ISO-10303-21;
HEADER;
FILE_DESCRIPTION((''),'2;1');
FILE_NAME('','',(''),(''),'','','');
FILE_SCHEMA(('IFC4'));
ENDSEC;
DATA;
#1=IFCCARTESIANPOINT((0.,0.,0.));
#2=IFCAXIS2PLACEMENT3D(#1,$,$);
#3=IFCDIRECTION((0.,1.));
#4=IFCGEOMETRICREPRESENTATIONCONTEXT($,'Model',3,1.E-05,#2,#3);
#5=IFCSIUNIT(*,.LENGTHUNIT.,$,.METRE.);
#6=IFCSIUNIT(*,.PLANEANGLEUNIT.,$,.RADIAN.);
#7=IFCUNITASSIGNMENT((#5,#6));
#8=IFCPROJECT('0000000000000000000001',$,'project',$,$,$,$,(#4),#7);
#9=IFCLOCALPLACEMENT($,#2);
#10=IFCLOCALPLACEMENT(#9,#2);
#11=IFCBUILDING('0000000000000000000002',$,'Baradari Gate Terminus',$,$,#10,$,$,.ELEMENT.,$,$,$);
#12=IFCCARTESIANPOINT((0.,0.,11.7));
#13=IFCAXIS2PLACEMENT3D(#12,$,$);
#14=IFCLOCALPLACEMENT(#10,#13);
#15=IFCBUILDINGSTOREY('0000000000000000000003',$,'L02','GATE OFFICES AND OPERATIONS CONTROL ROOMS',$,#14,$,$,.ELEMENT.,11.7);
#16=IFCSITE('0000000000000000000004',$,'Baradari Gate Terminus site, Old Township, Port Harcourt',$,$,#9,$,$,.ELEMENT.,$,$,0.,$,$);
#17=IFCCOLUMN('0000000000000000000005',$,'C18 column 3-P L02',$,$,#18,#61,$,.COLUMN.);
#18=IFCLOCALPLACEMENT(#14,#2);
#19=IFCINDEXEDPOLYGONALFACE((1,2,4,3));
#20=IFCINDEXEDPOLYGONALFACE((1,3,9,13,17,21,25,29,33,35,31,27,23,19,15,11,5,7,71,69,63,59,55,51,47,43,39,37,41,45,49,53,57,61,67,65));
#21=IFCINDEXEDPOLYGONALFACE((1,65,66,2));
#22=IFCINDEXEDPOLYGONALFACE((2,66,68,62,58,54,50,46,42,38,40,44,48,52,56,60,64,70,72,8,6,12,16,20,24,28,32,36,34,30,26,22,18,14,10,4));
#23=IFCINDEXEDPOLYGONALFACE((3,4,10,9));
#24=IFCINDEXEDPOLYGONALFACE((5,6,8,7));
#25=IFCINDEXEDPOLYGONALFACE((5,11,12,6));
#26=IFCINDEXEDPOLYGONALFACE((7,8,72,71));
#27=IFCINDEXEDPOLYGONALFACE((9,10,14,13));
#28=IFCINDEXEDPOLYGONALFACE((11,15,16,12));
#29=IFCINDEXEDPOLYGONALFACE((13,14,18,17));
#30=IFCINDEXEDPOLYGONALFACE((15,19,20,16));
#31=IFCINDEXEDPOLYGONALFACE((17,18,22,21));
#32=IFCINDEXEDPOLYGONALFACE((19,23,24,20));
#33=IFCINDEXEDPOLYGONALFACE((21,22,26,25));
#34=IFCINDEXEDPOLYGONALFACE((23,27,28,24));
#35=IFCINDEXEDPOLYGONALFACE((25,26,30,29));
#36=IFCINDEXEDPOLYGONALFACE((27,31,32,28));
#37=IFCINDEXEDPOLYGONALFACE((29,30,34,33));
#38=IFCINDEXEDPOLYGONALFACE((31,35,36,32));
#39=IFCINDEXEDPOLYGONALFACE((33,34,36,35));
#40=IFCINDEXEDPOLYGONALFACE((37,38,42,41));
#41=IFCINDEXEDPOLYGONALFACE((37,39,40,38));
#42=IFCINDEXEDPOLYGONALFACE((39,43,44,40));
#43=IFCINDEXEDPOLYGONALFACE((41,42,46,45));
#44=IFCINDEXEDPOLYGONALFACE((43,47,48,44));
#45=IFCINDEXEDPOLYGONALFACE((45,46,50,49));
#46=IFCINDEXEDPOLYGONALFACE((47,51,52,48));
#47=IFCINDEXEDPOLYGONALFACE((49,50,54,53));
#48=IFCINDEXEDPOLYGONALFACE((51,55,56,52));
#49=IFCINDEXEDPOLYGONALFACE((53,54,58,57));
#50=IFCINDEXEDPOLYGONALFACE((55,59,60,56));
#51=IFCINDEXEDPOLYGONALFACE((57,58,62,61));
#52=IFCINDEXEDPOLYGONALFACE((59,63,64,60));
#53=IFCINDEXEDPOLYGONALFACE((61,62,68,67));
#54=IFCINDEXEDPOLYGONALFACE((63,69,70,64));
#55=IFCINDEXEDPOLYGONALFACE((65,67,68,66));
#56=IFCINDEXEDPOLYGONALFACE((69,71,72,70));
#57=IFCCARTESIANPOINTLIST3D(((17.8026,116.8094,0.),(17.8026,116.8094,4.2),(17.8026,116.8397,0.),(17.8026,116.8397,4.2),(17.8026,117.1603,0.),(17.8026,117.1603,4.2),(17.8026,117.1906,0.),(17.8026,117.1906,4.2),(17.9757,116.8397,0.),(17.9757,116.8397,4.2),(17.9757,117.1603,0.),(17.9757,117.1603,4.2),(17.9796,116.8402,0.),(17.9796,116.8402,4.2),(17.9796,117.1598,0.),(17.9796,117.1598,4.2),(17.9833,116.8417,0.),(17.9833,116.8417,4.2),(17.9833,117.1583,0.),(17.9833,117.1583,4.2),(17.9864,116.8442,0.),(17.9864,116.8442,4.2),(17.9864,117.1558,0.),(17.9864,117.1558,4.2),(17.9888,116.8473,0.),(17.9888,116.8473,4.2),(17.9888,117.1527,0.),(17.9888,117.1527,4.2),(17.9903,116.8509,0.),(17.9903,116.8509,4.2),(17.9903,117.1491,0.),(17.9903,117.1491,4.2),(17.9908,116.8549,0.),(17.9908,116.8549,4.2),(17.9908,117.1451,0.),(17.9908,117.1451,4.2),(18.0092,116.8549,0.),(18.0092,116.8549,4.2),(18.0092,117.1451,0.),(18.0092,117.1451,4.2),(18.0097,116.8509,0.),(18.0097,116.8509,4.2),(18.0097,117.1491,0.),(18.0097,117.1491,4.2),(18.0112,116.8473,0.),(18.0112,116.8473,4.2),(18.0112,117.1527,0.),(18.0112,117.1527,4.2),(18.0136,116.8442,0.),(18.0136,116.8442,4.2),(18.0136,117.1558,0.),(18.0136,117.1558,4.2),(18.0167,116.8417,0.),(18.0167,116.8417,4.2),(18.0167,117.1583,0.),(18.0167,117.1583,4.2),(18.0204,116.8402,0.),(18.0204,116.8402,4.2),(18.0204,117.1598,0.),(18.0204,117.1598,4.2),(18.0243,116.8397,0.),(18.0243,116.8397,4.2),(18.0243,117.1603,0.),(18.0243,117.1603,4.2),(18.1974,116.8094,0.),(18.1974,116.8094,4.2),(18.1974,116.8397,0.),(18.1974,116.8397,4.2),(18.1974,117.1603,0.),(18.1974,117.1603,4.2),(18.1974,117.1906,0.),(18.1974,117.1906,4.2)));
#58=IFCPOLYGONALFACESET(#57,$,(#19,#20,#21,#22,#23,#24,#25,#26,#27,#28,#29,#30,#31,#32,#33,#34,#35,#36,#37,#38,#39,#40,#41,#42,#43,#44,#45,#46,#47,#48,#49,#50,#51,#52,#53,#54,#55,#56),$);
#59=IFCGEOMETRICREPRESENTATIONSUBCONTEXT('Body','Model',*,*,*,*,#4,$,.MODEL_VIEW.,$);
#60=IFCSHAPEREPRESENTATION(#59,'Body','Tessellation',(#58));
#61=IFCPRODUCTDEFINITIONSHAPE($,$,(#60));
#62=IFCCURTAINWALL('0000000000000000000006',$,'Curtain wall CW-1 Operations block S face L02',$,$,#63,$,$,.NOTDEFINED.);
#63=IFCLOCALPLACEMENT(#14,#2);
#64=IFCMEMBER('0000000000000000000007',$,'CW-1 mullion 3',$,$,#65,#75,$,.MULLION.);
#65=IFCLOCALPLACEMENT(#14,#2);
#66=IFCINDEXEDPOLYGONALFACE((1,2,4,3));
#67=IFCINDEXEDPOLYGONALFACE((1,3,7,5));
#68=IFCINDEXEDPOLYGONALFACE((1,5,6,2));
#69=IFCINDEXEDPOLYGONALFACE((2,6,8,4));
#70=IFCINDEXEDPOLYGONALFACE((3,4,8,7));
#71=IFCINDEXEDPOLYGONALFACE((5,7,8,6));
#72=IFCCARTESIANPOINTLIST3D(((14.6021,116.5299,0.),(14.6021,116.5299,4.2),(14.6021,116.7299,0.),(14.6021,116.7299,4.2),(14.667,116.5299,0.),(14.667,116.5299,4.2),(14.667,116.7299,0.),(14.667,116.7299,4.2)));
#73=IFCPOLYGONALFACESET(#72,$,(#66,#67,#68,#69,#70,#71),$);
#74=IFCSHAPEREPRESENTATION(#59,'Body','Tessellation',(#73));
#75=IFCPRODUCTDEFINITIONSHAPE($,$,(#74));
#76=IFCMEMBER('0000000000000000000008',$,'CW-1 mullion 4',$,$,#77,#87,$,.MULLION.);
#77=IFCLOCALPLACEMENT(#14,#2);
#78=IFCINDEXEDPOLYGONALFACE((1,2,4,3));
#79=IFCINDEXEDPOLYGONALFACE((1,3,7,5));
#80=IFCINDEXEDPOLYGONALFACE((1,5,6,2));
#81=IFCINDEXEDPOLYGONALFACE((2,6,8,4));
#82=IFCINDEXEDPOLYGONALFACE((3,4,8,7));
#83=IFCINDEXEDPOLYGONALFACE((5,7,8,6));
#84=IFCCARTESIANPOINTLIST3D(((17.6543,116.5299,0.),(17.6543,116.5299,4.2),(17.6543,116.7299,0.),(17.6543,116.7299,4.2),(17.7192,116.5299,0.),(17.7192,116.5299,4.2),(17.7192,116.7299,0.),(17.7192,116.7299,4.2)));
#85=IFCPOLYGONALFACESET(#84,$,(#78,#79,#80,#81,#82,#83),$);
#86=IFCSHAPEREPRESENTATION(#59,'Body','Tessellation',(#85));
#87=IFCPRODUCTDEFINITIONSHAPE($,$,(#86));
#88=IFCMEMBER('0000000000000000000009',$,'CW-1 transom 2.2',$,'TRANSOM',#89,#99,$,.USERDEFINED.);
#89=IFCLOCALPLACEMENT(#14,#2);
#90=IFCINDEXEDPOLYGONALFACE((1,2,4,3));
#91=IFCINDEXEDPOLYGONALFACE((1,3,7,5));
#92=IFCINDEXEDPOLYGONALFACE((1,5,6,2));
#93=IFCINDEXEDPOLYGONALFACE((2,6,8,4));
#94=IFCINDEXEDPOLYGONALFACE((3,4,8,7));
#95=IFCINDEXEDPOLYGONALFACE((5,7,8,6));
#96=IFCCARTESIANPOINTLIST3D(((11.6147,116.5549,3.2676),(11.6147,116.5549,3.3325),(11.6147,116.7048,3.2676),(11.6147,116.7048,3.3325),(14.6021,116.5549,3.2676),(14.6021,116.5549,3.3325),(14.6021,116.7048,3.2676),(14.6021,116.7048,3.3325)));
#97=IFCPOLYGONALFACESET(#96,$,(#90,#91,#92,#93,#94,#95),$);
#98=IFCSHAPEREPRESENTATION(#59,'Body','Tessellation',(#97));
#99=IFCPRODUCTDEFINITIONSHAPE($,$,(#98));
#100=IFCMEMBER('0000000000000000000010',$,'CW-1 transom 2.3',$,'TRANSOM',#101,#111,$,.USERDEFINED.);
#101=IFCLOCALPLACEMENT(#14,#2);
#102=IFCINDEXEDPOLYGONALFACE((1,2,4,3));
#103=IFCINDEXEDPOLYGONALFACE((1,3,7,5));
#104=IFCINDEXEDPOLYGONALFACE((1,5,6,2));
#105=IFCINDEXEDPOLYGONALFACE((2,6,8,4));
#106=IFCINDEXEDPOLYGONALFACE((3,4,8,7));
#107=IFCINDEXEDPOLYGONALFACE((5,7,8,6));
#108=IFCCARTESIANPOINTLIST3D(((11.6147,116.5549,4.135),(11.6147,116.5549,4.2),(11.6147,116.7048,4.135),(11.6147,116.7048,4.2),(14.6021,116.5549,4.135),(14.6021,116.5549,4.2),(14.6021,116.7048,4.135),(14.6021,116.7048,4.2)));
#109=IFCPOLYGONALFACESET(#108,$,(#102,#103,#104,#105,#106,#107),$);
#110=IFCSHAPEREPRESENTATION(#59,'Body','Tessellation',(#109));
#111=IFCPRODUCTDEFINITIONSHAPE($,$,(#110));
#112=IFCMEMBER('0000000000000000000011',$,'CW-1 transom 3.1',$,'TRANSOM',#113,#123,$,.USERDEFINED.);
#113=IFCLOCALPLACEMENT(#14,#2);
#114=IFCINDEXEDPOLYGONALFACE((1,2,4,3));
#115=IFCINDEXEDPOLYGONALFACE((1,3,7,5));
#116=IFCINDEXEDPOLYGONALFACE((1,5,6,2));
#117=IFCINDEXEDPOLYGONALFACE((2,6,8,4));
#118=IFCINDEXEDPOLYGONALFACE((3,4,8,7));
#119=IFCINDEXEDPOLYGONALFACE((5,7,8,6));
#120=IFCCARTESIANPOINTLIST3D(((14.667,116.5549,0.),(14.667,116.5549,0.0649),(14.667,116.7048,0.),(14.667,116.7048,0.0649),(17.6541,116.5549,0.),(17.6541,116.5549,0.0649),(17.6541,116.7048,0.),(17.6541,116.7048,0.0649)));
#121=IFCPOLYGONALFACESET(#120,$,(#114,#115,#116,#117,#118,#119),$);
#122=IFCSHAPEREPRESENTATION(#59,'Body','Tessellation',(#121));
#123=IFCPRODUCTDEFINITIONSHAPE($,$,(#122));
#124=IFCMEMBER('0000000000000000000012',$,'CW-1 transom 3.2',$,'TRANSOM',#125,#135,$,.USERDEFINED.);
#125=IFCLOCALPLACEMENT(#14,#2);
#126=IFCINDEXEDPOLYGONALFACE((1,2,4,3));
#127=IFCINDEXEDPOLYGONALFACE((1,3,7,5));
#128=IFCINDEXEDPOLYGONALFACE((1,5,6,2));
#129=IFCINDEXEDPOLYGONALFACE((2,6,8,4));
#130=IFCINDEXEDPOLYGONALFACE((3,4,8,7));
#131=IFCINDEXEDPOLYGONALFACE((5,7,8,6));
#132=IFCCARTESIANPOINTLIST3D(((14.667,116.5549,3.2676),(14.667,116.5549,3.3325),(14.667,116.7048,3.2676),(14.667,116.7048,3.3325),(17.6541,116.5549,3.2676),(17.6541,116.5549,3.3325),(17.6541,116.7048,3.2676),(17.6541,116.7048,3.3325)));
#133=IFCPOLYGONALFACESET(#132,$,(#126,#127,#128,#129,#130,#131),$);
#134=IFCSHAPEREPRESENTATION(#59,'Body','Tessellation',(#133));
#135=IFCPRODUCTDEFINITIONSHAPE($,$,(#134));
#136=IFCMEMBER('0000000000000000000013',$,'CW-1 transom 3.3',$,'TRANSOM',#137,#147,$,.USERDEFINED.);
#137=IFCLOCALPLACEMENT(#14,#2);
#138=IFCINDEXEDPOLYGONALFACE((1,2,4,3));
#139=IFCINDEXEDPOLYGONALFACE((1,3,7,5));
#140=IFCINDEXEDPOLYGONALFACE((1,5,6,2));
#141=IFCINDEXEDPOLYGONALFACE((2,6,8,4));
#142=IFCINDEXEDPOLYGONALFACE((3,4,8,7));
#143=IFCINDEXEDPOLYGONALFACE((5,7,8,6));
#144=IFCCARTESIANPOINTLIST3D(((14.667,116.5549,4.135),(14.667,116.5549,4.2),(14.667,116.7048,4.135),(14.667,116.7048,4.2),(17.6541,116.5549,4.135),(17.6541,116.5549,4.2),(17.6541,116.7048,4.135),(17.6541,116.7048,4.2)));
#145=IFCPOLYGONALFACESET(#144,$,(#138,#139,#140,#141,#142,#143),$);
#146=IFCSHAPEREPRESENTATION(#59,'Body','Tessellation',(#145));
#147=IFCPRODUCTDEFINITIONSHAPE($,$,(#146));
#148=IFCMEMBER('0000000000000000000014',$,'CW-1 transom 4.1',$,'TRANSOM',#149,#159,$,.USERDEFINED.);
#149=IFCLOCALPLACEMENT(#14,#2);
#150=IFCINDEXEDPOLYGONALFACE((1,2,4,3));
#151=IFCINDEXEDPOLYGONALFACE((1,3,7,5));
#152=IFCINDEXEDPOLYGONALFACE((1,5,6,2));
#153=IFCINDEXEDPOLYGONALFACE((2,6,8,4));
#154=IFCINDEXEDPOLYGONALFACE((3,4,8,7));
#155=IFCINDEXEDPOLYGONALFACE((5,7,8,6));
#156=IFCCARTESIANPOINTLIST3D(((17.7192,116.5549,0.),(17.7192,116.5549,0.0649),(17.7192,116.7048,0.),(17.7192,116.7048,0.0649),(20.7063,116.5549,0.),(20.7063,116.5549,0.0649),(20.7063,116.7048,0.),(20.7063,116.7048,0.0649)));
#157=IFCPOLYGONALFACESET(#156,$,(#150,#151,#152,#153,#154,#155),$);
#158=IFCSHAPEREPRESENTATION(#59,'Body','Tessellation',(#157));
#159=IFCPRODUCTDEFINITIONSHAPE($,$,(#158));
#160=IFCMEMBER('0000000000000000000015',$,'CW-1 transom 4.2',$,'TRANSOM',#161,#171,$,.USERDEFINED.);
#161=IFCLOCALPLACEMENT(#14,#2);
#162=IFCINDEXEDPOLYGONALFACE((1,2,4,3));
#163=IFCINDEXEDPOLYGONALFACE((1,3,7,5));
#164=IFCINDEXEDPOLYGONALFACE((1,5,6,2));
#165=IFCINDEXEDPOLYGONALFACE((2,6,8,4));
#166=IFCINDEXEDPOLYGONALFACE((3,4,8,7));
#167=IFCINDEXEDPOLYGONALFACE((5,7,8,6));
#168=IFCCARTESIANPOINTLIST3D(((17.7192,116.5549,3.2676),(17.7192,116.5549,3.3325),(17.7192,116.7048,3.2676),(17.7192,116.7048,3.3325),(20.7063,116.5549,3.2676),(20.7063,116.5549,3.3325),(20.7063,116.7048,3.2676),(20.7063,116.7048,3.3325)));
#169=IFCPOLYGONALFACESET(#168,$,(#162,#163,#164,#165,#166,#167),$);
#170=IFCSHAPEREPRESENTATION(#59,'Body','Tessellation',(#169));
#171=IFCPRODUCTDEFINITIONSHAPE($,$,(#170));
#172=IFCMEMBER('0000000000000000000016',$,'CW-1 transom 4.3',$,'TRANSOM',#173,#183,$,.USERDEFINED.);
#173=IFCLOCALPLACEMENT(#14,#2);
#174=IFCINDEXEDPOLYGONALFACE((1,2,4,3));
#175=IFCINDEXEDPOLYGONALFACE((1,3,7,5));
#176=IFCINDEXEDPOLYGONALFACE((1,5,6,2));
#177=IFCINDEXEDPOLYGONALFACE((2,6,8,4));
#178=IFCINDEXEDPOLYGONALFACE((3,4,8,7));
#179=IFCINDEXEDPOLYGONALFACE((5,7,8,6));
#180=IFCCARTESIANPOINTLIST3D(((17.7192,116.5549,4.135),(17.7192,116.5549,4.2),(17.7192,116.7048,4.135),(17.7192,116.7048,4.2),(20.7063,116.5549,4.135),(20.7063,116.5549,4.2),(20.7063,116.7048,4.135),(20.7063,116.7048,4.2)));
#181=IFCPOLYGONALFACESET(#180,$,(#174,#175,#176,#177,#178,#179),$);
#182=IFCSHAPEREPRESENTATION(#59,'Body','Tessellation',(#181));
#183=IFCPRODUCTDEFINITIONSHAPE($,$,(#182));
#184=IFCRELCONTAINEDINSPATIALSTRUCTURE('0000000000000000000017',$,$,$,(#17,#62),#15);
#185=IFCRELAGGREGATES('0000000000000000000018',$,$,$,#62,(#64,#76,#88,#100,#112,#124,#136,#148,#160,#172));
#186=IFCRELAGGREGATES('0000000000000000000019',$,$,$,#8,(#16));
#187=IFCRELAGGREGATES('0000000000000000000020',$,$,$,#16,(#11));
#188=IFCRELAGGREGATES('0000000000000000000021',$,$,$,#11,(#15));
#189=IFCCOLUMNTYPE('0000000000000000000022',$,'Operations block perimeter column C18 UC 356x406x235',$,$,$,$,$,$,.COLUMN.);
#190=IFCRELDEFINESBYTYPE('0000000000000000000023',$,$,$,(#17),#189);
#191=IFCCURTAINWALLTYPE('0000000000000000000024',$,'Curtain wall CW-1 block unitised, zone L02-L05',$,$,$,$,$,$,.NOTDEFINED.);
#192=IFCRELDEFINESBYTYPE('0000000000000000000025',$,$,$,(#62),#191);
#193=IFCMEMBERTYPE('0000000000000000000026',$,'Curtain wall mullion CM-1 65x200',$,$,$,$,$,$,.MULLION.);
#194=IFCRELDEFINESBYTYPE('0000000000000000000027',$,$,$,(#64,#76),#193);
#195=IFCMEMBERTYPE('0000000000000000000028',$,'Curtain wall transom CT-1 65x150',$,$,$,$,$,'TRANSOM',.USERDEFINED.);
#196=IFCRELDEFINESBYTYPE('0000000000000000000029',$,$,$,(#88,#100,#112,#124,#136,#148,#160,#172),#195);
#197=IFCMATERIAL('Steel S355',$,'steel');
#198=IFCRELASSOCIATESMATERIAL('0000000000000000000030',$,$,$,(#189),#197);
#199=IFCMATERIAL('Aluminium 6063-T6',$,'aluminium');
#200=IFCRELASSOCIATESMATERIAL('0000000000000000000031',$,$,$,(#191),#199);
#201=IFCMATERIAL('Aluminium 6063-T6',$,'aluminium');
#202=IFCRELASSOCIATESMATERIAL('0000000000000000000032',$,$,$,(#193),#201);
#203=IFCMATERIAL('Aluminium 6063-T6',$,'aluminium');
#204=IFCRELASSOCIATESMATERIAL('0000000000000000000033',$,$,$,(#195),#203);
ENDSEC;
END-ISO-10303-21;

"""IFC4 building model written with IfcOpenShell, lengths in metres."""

from ifc_helpers import new_model, si_unit, direction, frame, origin, origin_2d, place, context, subcontext, project, spatial, rectangle, i_section, extrude, material, material_profile, profile_set, type_object, element, aggregate, save


model = new_model("IFC4")

# Units and contexts
model_context = context("Model", 3, precision=1e-05, world=origin(), true_north=direction((0.0, 1.0)))
body_context = subcontext(model_context, "Body", "Model", "MODEL_VIEW")
ifc_project = project(units=[si_unit("LENGTHUNIT", "METRE"), si_unit("PLANEANGLEUNIT", "RADIAN")], contexts=[model_context])

# Site, building, storey
site_placement = place(None, origin())
site = spatial("IfcSite", under=ifc_project, at=site_placement, Name="Baradari Gate Terminus site, Old Township, Port Harcourt", CompositionType="ELEMENT", RefElevation=0.0)
building_placement = place(site_placement, origin())
building = spatial("IfcBuilding", under=site, at=building_placement, Name="Baradari Gate Terminus", CompositionType="ELEMENT")
storey_placement = place(building_placement, frame((0.0, 0.0, 11.7)))
storey = spatial("IfcBuildingStorey", under=building, at=storey_placement, Name="L02", Description="GATE OFFICES AND OPERATIONS CONTROL ROOMS", CompositionType="ELEMENT", Elevation=11.7)

# Column
ifc_material_1 = material(Name="Steel S355", Category="steel")
ifc_material_profile_1 = material_profile(ifc_material_1, i_section(OverallWidth=0.3948, OverallDepth=0.3811, WebThickness=0.0183, FlangeThickness=0.0303, FilletRadius=0.0151, at=origin_2d()), Name="UC 356x406x235")
ifc_profile_set_1 = profile_set([ifc_material_profile_1], Name="Steel S355")
column_type = type_object("IfcColumnType", Name="Operations block perimeter column C18 UC 356x406x235", PredefinedType="COLUMN", material=ifc_profile_set_1)
column_placement = place(storey_placement, frame((18.0, 117.0, 0.0), z_axis=(0.0, 0.0, 1.0), x_axis=(1.0, 0.0, 0.0)))
element("IfcColumn", 1, at=column_placement, inside=storey, type_object=column_type, Name="C18 column 3-P L02", PredefinedType="COLUMN", context=body_context, shape_type="SweptSolid", body=[
    extrude(i_section(OverallWidth=0.3948, OverallDepth=0.3811, WebThickness=0.0183, FlangeThickness=0.0303, FilletRadius=0.0151, at=origin_2d()), origin(), (0.0, 0.0, 1.0), 4.2),
])

# Curtain wall, members
ifc_material_2 = material(Name="Aluminium 6063-T6", Category="aluminium")
curtain_wall_type = type_object("IfcCurtainWallType", Name="Curtain wall CW-1 block unitised, zone L02-L05", PredefinedType="NOTDEFINED", material=ifc_material_2)
curtain_wall_placement = place(storey_placement, origin())
curtain_wall = element("IfcCurtainWall", 2, at=curtain_wall_placement, inside=storey, type_object=curtain_wall_type, Name="Curtain wall CW-1 Operations block S face L02", PredefinedType="NOTDEFINED")
ifc_material_3 = material(Name="Aluminium 6063-T6", Category="aluminium")
ifc_material_profile_2 = material_profile(ifc_material_3, rectangle(XDim=0.2, YDim=0.0649, at=origin_2d()), Name="CM-1 65X200")
ifc_profile_set_2 = profile_set([ifc_material_profile_2], Name="Aluminium 6063-T6")
member_type_1 = type_object("IfcMemberType", Name="Curtain wall mullion CM-1 65x200", PredefinedType="MULLION", material=ifc_profile_set_2)
member_1_placement = place(storey_placement, frame((14.6345, 116.6299, 0.0), z_axis=(0.0, 0.0, 1.0), x_axis=(0.0, 1.0, 0.0)))
member_1 = element("IfcMember", 3, at=member_1_placement, type_object=member_type_1, Name="CW-1 mullion 3", PredefinedType="MULLION", context=body_context, shape_type="SweptSolid", body=[
    extrude(rectangle(XDim=0.2, YDim=0.0649, at=origin_2d()), origin(), (0.0, 0.0, 1.0), 4.2),
])
member_2_placement = place(storey_placement, frame((17.6868, 116.6299, 0.0), z_axis=(0.0, 0.0, 1.0), x_axis=(0.0, 1.0, 0.0)))
member_2 = element("IfcMember", 4, at=member_2_placement, type_object=member_type_1, Name="CW-1 mullion 4", PredefinedType="MULLION", context=body_context, shape_type="SweptSolid", body=[
    extrude(rectangle(XDim=0.2, YDim=0.0649, at=origin_2d()), origin(), (0.0, 0.0, 1.0), 4.2),
])
ifc_material_4 = material(Name="Aluminium 6063-T6", Category="aluminium")
ifc_material_profile_3 = material_profile(ifc_material_4, rectangle(XDim=0.1499, YDim=0.0649, at=origin_2d()), Name="CT-1 65X150")
ifc_profile_set_3 = profile_set([ifc_material_profile_3], Name="Aluminium 6063-T6")
member_type_2 = type_object("IfcMemberType", Name="Curtain wall transom CT-1 65x150", ElementType="TRANSOM", PredefinedType="USERDEFINED", material=ifc_profile_set_3)
member_3_placement = place(storey_placement, frame((11.6147, 116.6299, 3.3), z_axis=(1.0, 0.0, 0.0), x_axis=(0.0, 1.0, 0.0)))
member_3 = element("IfcMember", 5, at=member_3_placement, type_object=member_type_2, Name="CW-1 transom 2.2", ObjectType="TRANSOM", PredefinedType="USERDEFINED", context=body_context, shape_type="SweptSolid", body=[
    extrude(rectangle(XDim=0.1499, YDim=0.0649, at=origin_2d()), origin(), (0.0, 0.0, 1.0), 2.9873),
])
member_4_placement = place(storey_placement, frame((11.6147, 116.6299, 4.1675), z_axis=(1.0, 0.0, 0.0), x_axis=(0.0, 1.0, 0.0)))
member_4 = element("IfcMember", 6, at=member_4_placement, type_object=member_type_2, Name="CW-1 transom 2.3", ObjectType="TRANSOM", PredefinedType="USERDEFINED", context=body_context, shape_type="SweptSolid", body=[
    extrude(rectangle(XDim=0.1499, YDim=0.0649, at=origin_2d()), origin(), (0.0, 0.0, 1.0), 2.9873),
])
member_5_placement = place(storey_placement, frame((14.667, 116.6299, 0.0325), z_axis=(1.0, 0.0, 0.0), x_axis=(0.0, 1.0, 0.0)))
member_5 = element("IfcMember", 7, at=member_5_placement, type_object=member_type_2, Name="CW-1 transom 3.1", ObjectType="TRANSOM", PredefinedType="USERDEFINED", context=body_context, shape_type="SweptSolid", body=[
    extrude(rectangle(XDim=0.1499, YDim=0.0649, at=origin_2d()), origin(), (0.0, 0.0, 1.0), 2.9871),
])
member_6_placement = place(storey_placement, frame((14.667, 116.6299, 3.3), z_axis=(1.0, 0.0, 0.0), x_axis=(0.0, 1.0, 0.0)))
member_6 = element("IfcMember", 8, at=member_6_placement, type_object=member_type_2, Name="CW-1 transom 3.2", ObjectType="TRANSOM", PredefinedType="USERDEFINED", context=body_context, shape_type="SweptSolid", body=[
    extrude(rectangle(XDim=0.1499, YDim=0.0649, at=origin_2d()), origin(), (0.0, 0.0, 1.0), 2.9871),
])
member_7_placement = place(storey_placement, frame((14.667, 116.6299, 4.1675), z_axis=(1.0, 0.0, 0.0), x_axis=(0.0, 1.0, 0.0)))
member_7 = element("IfcMember", 9, at=member_7_placement, type_object=member_type_2, Name="CW-1 transom 3.3", ObjectType="TRANSOM", PredefinedType="USERDEFINED", context=body_context, shape_type="SweptSolid", body=[
    extrude(rectangle(XDim=0.1499, YDim=0.0649, at=origin_2d()), origin(), (0.0, 0.0, 1.0), 2.9871),
])
member_8_placement = place(storey_placement, frame((17.7192, 116.6299, 0.0325), z_axis=(1.0, 0.0, 0.0), x_axis=(0.0, 1.0, 0.0)))
member_8 = element("IfcMember", 10, at=member_8_placement, type_object=member_type_2, Name="CW-1 transom 4.1", ObjectType="TRANSOM", PredefinedType="USERDEFINED", context=body_context, shape_type="SweptSolid", body=[
    extrude(rectangle(XDim=0.1499, YDim=0.0649, at=origin_2d()), origin(), (0.0, 0.0, 1.0), 2.9871),
])
member_9_placement = place(storey_placement, frame((17.7192, 116.6299, 3.3), z_axis=(1.0, 0.0, 0.0), x_axis=(0.0, 1.0, 0.0)))
member_9 = element("IfcMember", 11, at=member_9_placement, type_object=member_type_2, Name="CW-1 transom 4.2", ObjectType="TRANSOM", PredefinedType="USERDEFINED", context=body_context, shape_type="SweptSolid", body=[
    extrude(rectangle(XDim=0.1499, YDim=0.0649, at=origin_2d()), origin(), (0.0, 0.0, 1.0), 2.9871),
])
member_10_placement = place(storey_placement, frame((17.7192, 116.6299, 4.1675), z_axis=(1.0, 0.0, 0.0), x_axis=(0.0, 1.0, 0.0)))
member_10 = element("IfcMember", 12, at=member_10_placement, type_object=member_type_2, Name="CW-1 transom 4.3", ObjectType="TRANSOM", PredefinedType="USERDEFINED", context=body_context, shape_type="SweptSolid", body=[
    extrude(rectangle(XDim=0.1499, YDim=0.0649, at=origin_2d()), origin(), (0.0, 0.0, 1.0), 2.9871),
])

aggregate(curtain_wall, [member_1, member_2, member_3, member_4, member_5, member_6, member_7, member_8, member_9, member_10])

save(model, "model.ifc")
